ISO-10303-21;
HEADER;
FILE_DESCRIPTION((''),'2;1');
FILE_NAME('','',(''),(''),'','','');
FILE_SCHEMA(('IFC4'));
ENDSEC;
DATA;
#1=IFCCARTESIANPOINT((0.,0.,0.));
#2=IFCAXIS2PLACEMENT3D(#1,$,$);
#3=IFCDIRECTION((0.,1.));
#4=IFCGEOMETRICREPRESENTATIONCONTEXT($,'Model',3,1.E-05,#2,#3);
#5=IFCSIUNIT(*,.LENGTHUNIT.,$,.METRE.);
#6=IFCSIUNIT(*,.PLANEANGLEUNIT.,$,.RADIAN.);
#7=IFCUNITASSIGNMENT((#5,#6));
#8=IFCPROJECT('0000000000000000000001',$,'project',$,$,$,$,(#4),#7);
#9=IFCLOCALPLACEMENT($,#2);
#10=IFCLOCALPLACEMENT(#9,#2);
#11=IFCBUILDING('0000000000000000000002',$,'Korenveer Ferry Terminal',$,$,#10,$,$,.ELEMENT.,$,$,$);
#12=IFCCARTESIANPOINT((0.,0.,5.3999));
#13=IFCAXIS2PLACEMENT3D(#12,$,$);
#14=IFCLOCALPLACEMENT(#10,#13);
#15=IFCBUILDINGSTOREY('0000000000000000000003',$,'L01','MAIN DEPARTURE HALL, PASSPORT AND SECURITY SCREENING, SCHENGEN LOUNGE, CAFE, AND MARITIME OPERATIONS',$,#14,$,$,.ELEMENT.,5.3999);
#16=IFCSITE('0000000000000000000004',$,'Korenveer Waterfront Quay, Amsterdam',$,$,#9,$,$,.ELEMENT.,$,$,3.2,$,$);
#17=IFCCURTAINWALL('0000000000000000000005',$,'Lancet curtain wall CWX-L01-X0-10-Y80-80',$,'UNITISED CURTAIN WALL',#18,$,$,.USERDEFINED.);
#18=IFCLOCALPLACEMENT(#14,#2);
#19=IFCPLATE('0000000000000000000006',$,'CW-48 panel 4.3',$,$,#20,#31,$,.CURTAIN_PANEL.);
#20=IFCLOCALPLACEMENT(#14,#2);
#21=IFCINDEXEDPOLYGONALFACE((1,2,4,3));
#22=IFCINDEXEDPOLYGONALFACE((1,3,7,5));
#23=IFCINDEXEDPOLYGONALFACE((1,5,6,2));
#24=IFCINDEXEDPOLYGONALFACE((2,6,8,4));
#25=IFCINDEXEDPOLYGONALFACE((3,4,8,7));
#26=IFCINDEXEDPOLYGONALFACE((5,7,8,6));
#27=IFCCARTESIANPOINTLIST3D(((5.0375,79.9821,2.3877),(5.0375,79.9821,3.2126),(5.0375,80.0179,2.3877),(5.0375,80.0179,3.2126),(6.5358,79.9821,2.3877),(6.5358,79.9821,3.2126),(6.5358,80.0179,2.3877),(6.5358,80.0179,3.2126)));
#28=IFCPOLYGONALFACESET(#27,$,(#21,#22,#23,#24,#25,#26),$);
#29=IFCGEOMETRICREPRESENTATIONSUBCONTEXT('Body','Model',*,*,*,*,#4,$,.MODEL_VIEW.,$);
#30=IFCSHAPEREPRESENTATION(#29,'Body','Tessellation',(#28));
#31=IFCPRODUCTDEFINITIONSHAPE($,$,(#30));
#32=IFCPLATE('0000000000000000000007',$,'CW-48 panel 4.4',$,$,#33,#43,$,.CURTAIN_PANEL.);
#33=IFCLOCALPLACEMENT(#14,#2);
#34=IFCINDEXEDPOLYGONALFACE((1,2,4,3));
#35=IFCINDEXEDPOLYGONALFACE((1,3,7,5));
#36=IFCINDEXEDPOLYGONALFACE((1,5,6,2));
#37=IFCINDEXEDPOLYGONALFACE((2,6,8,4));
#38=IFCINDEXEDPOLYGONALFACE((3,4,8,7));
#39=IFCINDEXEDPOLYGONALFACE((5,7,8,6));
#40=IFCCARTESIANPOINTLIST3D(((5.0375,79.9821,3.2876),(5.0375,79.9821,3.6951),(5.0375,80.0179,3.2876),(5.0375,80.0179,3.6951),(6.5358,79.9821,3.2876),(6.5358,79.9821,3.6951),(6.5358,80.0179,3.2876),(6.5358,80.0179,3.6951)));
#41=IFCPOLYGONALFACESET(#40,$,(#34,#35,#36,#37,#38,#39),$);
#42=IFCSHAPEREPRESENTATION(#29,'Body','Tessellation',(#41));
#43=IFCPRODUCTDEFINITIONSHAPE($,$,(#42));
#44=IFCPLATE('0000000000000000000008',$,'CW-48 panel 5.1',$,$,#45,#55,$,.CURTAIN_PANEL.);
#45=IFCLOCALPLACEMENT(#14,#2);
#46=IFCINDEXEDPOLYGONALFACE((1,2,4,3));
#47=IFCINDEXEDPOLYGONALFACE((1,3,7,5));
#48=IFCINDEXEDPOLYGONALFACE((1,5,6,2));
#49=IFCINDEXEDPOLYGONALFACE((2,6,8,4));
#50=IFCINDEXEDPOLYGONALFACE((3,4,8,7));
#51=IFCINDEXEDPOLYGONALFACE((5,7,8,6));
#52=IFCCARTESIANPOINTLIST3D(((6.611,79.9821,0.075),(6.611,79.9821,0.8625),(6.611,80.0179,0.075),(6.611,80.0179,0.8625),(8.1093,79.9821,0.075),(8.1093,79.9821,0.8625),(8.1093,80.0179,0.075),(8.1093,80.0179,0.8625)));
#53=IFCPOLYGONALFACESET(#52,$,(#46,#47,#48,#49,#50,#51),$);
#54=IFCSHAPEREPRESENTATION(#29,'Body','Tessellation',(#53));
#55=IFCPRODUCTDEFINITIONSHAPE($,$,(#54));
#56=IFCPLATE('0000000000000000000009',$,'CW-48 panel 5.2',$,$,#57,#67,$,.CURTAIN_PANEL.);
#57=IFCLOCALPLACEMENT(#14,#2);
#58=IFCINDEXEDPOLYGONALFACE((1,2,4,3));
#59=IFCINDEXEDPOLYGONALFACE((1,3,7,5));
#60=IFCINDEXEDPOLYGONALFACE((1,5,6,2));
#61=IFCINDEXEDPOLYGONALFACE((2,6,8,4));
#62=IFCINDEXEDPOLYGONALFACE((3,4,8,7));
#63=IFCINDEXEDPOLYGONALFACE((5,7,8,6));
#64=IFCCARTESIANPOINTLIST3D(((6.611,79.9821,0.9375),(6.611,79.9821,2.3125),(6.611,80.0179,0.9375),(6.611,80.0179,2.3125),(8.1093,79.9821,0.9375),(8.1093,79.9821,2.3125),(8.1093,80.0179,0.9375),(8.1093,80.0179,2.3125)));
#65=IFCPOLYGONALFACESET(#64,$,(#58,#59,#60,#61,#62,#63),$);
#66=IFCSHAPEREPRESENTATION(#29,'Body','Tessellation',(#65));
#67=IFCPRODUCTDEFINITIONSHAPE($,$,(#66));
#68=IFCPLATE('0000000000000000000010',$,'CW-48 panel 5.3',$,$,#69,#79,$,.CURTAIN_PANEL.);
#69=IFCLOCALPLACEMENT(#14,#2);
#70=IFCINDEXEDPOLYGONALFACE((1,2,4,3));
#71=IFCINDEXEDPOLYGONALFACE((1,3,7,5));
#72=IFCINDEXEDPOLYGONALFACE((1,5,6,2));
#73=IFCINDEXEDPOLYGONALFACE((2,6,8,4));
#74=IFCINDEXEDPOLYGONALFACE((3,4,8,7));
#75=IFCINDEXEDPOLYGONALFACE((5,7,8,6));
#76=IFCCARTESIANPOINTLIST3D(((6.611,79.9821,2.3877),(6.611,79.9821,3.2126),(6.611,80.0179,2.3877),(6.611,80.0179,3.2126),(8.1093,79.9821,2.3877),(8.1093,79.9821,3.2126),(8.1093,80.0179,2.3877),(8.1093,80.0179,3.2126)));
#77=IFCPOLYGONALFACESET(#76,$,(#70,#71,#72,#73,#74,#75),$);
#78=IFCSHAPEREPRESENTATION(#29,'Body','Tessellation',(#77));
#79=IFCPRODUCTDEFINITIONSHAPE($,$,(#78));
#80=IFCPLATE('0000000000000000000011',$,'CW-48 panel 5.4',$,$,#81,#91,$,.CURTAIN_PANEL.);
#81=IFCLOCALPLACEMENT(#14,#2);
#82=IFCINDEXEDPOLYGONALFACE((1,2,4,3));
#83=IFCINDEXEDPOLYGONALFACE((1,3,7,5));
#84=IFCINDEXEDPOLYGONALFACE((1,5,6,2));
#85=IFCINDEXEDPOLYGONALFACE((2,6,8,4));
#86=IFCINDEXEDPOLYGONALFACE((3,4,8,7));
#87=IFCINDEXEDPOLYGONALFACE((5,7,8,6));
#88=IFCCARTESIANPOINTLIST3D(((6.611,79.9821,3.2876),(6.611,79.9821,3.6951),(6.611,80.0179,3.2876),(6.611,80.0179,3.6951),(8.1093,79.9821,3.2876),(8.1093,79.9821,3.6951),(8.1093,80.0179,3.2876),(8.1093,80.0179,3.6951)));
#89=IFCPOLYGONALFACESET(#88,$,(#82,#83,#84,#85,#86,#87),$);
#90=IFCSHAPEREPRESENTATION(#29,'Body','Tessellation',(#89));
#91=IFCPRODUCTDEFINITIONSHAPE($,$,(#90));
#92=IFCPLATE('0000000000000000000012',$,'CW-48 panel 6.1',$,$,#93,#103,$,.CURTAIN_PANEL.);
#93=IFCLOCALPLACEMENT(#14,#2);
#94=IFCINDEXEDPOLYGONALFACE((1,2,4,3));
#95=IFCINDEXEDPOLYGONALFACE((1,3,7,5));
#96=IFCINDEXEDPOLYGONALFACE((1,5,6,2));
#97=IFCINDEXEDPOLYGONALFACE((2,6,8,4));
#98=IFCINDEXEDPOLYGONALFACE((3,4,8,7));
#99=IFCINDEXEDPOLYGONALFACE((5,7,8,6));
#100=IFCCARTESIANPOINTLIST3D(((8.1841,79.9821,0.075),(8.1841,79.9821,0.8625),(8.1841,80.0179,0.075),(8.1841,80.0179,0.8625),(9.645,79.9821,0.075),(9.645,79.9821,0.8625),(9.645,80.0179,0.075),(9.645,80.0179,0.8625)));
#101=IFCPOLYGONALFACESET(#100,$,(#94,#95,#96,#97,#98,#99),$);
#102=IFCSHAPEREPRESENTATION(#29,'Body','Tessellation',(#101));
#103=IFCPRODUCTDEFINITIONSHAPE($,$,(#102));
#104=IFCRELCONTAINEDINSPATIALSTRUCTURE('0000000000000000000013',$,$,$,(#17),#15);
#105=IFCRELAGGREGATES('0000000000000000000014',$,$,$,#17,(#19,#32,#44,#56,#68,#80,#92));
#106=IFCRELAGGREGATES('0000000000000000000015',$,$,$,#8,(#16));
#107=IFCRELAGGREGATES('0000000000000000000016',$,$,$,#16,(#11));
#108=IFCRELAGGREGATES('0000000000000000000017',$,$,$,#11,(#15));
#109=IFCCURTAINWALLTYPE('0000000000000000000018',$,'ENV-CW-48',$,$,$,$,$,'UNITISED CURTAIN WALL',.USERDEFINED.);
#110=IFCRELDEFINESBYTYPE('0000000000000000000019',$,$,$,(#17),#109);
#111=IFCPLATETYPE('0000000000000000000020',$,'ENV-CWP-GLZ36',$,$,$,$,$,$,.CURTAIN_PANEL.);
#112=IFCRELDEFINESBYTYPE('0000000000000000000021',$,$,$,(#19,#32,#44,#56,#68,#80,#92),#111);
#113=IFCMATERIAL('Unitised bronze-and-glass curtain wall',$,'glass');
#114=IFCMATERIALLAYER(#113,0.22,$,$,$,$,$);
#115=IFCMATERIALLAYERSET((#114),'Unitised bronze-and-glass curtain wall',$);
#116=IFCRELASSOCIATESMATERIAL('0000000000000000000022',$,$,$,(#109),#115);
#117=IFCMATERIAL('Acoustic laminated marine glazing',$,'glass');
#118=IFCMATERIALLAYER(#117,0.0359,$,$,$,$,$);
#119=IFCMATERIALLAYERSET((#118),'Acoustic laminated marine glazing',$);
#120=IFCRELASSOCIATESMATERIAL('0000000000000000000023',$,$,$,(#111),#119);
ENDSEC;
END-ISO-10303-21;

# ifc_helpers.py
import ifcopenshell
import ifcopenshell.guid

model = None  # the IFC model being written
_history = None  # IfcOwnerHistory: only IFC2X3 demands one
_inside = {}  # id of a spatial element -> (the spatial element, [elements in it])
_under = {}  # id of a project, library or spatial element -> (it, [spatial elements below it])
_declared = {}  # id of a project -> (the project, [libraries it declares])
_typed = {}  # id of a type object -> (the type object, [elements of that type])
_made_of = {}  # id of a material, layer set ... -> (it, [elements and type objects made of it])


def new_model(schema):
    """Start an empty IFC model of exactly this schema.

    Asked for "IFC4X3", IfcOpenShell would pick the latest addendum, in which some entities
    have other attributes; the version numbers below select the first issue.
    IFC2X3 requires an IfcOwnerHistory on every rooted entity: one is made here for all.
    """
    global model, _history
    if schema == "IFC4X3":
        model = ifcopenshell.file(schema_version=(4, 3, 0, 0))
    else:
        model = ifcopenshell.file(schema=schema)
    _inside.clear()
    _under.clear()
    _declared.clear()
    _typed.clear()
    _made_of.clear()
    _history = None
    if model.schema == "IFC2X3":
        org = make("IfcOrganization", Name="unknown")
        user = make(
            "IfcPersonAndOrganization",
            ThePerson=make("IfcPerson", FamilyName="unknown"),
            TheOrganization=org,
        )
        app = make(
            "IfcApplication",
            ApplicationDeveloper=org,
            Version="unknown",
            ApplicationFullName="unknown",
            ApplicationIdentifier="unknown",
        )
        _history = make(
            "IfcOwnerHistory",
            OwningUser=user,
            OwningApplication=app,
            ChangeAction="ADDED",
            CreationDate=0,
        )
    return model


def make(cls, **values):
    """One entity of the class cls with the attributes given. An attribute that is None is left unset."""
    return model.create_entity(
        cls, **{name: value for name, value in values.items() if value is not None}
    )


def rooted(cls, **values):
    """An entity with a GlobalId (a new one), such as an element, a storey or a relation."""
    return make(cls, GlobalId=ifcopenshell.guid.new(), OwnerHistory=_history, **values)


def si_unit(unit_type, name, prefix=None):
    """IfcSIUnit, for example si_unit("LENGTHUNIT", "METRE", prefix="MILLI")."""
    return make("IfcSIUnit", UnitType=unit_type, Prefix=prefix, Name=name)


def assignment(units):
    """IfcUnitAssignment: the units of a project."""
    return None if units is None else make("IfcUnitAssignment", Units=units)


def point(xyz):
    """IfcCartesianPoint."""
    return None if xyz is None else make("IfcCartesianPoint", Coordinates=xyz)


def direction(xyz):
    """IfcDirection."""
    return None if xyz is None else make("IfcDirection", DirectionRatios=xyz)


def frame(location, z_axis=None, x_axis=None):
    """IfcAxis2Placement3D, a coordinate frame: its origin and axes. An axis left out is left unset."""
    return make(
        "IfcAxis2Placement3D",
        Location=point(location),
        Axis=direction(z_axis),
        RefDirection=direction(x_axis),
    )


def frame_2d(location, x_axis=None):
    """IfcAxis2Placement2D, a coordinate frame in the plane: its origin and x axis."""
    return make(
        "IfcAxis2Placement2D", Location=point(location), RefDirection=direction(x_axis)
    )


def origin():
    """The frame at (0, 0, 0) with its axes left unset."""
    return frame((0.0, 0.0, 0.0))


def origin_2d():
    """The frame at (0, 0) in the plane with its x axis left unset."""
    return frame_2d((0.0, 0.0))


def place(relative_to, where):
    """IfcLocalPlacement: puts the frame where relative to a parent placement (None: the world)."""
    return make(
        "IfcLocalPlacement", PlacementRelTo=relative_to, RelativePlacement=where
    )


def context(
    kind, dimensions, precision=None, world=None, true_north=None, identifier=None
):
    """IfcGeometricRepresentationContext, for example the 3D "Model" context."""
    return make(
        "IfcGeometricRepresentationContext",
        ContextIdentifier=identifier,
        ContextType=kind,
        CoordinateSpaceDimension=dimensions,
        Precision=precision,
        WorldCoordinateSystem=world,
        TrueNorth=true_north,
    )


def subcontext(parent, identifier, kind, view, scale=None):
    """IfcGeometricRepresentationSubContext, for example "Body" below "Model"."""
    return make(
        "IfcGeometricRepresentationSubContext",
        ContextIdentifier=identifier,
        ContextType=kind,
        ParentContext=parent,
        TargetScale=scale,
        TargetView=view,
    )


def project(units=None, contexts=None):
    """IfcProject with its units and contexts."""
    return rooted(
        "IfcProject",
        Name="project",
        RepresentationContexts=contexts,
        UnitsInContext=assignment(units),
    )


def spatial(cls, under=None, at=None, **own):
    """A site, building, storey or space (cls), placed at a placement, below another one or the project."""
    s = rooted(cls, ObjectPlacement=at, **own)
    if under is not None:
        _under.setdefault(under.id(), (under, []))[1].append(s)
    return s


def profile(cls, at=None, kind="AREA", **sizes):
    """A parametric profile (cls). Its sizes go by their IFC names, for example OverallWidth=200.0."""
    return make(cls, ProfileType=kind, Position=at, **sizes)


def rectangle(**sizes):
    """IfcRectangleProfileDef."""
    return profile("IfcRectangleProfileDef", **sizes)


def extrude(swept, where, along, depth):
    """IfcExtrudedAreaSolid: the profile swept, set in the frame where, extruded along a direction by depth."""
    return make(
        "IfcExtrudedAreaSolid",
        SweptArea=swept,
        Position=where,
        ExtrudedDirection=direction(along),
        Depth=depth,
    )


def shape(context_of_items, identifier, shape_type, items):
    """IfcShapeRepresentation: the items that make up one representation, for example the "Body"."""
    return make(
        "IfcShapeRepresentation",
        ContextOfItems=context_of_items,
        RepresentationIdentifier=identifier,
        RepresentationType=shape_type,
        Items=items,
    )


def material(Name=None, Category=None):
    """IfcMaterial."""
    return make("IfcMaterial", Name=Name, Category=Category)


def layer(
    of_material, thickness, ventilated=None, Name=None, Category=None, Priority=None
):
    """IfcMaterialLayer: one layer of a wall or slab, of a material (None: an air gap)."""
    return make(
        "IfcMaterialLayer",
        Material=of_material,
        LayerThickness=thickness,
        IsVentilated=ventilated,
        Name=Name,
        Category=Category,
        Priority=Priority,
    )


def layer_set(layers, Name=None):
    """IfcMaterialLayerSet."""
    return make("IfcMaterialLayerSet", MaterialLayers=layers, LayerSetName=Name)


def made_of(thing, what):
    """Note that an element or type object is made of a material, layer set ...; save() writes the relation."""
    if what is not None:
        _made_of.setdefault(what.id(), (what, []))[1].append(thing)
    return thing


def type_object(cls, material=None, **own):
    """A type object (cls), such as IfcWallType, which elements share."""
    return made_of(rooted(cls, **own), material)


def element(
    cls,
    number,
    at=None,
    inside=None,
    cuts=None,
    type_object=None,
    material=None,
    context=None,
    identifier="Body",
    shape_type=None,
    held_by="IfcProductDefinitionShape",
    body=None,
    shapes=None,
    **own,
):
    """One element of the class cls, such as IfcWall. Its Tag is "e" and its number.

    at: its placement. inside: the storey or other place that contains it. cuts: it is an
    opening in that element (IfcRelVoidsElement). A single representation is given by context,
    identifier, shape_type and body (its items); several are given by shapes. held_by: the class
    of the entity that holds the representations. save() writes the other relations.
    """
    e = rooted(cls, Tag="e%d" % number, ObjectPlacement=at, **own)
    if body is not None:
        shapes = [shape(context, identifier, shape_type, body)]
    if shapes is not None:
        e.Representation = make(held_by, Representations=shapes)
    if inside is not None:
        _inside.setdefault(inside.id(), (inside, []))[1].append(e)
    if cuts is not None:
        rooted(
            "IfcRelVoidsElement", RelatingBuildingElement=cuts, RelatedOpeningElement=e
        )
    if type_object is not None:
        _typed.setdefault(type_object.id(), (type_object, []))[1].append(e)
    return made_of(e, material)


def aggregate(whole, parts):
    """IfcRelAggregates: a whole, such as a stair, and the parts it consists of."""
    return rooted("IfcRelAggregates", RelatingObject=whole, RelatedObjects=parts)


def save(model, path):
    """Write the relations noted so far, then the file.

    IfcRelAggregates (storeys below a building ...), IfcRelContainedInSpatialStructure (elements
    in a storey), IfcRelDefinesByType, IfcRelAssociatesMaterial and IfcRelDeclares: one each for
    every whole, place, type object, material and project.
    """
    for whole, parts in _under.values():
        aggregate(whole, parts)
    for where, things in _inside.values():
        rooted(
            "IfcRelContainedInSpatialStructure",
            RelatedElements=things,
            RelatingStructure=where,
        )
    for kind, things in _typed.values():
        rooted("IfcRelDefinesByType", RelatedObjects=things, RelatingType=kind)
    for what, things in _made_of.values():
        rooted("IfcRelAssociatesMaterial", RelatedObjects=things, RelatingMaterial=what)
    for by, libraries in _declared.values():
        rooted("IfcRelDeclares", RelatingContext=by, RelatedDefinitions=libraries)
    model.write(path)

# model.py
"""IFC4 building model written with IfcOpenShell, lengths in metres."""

from ifc_helpers import new_model, si_unit, direction, frame, origin, origin_2d, place, context, subcontext, project, spatial, rectangle, extrude, material, layer, layer_set, type_object, element, aggregate, save


model = new_model("IFC4")

# Units and contexts
model_context = context("Model", 3, precision=1e-05, world=origin(), true_north=direction((0.0, 1.0)))
body_context = subcontext(model_context, "Body", "Model", "MODEL_VIEW")
ifc_project = project(units=[si_unit("LENGTHUNIT", "METRE"), si_unit("PLANEANGLEUNIT", "RADIAN")], contexts=[model_context])

# Site, building, storey
site_placement = place(None, origin())
site = spatial("IfcSite", under=ifc_project, at=site_placement, Name="Korenveer Waterfront Quay, Amsterdam", CompositionType="ELEMENT", RefElevation=3.2)
building_placement = place(site_placement, origin())
building = spatial("IfcBuilding", under=site, at=building_placement, Name="Korenveer Ferry Terminal", CompositionType="ELEMENT")
storey_placement = place(building_placement, frame((0.0, 0.0, 5.3999)))
storey = spatial("IfcBuildingStorey", under=building, at=storey_placement, Name="L01", Description="MAIN DEPARTURE HALL, PASSPORT AND SECURITY SCREENING, SCHENGEN LOUNGE, CAFE, AND MARITIME OPERATIONS", CompositionType="ELEMENT", Elevation=5.3999)

# Curtain wall, plates
ifc_material_1 = material(Name="Unitised bronze-and-glass curtain wall", Category="glass")
ifc_layer_1 = layer(ifc_material_1, 0.22)
ifc_layer_set_1 = layer_set([ifc_layer_1], Name="Unitised bronze-and-glass curtain wall")
curtain_wall_type = type_object("IfcCurtainWallType", Name="ENV-CW-48", ElementType="UNITISED CURTAIN WALL", PredefinedType="USERDEFINED", material=ifc_layer_set_1)
curtain_wall_placement = place(storey_placement, frame((0.28, 80.0, 0.0)))
curtain_wall = element("IfcCurtainWall", 1, at=curtain_wall_placement, inside=storey, type_object=curtain_wall_type, Name="Lancet curtain wall CWX-L01-X0-10-Y80-80", ObjectType="UNITISED CURTAIN WALL", PredefinedType="USERDEFINED")
ifc_material_2 = material(Name="Acoustic laminated marine glazing", Category="glass")
ifc_layer_2 = layer(ifc_material_2, 0.0359)
ifc_layer_set_2 = layer_set([ifc_layer_2], Name="Acoustic laminated marine glazing")
plate_type = type_object("IfcPlateType", Name="ENV-CWP-GLZ36", PredefinedType="CURTAIN_PANEL", material=ifc_layer_set_2)
plate_1_placement = place(storey_placement, frame((5.7866, 80.0, 2.3877), z_axis=(0.0, 0.0, 1.0), x_axis=(1.0, 0.0, 0.0)))
plate_1 = element("IfcPlate", 2, at=plate_1_placement, type_object=plate_type, Name="CW-48 panel 4.3", PredefinedType="CURTAIN_PANEL", context=body_context, shape_type="SweptSolid", body=[
    extrude(rectangle(XDim=1.4983, YDim=0.0359, at=origin_2d()), origin(), (0.0, 0.0, 1.0), 0.825),
])
plate_2_placement = place(storey_placement, frame((5.7866, 80.0, 3.2876), z_axis=(0.0, 0.0, 1.0), x_axis=(1.0, 0.0, 0.0)))
plate_2 = element("IfcPlate", 3, at=plate_2_placement, type_object=plate_type, Name="CW-48 panel 4.4", PredefinedType="CURTAIN_PANEL", context=body_context, shape_type="SweptSolid", body=[
    extrude(rectangle(XDim=1.4983, YDim=0.0359, at=origin_2d()), origin(), (0.0, 0.0, 1.0), 0.4075),
])
plate_3_placement = place(storey_placement, frame((7.3601, 80.0, 0.075), z_axis=(0.0, 0.0, 1.0), x_axis=(1.0, 0.0, 0.0)))
plate_3 = element("IfcPlate", 4, at=plate_3_placement, type_object=plate_type, Name="CW-48 panel 5.1", PredefinedType="CURTAIN_PANEL", context=body_context, shape_type="SweptSolid", body=[
    extrude(rectangle(XDim=1.4983, YDim=0.0359, at=origin_2d()), origin(), (0.0, 0.0, 1.0), 0.7876),
])
plate_4_placement = place(storey_placement, frame((7.3601, 80.0, 0.9375), z_axis=(0.0, 0.0, 1.0), x_axis=(1.0, 0.0, 0.0)))
plate_4 = element("IfcPlate", 5, at=plate_4_placement, type_object=plate_type, Name="CW-48 panel 5.2", PredefinedType="CURTAIN_PANEL", context=body_context, shape_type="SweptSolid", body=[
    extrude(rectangle(XDim=1.4983, YDim=0.0359, at=origin_2d()), origin(), (0.0, 0.0, 1.0), 1.375),
])
plate_5_placement = place(storey_placement, frame((7.3601, 80.0, 2.3877), z_axis=(0.0, 0.0, 1.0), x_axis=(1.0, 0.0, 0.0)))
plate_5 = element("IfcPlate", 6, at=plate_5_placement, type_object=plate_type, Name="CW-48 panel 5.3", PredefinedType="CURTAIN_PANEL", context=body_context, shape_type="SweptSolid", body=[
    extrude(rectangle(XDim=1.4983, YDim=0.0359, at=origin_2d()), origin(), (0.0, 0.0, 1.0), 0.825),
])
plate_6_placement = place(storey_placement, frame((7.3601, 80.0, 3.2876), z_axis=(0.0, 0.0, 1.0), x_axis=(1.0, 0.0, 0.0)))
plate_6 = element("IfcPlate", 7, at=plate_6_placement, type_object=plate_type, Name="CW-48 panel 5.4", PredefinedType="CURTAIN_PANEL", context=body_context, shape_type="SweptSolid", body=[
    extrude(rectangle(XDim=1.4983, YDim=0.0359, at=origin_2d()), origin(), (0.0, 0.0, 1.0), 0.4075),
])
plate_7_placement = place(storey_placement, frame((8.9146, 80.0, 0.075), z_axis=(0.0, 0.0, 1.0), x_axis=(1.0, 0.0, 0.0)))
plate_7 = element("IfcPlate", 8, at=plate_7_placement, type_object=plate_type, Name="CW-48 panel 6.1", PredefinedType="CURTAIN_PANEL", context=body_context, shape_type="SweptSolid", body=[
    extrude(rectangle(XDim=1.4609, YDim=0.0359, at=origin_2d()), origin(), (0.0, 0.0, 1.0), 0.7876),
])
aggregate(curtain_wall, [plate_1, plate_2, plate_3, plate_4, plate_5, plate_6, plate_7])

save(model, "model.ifc")
